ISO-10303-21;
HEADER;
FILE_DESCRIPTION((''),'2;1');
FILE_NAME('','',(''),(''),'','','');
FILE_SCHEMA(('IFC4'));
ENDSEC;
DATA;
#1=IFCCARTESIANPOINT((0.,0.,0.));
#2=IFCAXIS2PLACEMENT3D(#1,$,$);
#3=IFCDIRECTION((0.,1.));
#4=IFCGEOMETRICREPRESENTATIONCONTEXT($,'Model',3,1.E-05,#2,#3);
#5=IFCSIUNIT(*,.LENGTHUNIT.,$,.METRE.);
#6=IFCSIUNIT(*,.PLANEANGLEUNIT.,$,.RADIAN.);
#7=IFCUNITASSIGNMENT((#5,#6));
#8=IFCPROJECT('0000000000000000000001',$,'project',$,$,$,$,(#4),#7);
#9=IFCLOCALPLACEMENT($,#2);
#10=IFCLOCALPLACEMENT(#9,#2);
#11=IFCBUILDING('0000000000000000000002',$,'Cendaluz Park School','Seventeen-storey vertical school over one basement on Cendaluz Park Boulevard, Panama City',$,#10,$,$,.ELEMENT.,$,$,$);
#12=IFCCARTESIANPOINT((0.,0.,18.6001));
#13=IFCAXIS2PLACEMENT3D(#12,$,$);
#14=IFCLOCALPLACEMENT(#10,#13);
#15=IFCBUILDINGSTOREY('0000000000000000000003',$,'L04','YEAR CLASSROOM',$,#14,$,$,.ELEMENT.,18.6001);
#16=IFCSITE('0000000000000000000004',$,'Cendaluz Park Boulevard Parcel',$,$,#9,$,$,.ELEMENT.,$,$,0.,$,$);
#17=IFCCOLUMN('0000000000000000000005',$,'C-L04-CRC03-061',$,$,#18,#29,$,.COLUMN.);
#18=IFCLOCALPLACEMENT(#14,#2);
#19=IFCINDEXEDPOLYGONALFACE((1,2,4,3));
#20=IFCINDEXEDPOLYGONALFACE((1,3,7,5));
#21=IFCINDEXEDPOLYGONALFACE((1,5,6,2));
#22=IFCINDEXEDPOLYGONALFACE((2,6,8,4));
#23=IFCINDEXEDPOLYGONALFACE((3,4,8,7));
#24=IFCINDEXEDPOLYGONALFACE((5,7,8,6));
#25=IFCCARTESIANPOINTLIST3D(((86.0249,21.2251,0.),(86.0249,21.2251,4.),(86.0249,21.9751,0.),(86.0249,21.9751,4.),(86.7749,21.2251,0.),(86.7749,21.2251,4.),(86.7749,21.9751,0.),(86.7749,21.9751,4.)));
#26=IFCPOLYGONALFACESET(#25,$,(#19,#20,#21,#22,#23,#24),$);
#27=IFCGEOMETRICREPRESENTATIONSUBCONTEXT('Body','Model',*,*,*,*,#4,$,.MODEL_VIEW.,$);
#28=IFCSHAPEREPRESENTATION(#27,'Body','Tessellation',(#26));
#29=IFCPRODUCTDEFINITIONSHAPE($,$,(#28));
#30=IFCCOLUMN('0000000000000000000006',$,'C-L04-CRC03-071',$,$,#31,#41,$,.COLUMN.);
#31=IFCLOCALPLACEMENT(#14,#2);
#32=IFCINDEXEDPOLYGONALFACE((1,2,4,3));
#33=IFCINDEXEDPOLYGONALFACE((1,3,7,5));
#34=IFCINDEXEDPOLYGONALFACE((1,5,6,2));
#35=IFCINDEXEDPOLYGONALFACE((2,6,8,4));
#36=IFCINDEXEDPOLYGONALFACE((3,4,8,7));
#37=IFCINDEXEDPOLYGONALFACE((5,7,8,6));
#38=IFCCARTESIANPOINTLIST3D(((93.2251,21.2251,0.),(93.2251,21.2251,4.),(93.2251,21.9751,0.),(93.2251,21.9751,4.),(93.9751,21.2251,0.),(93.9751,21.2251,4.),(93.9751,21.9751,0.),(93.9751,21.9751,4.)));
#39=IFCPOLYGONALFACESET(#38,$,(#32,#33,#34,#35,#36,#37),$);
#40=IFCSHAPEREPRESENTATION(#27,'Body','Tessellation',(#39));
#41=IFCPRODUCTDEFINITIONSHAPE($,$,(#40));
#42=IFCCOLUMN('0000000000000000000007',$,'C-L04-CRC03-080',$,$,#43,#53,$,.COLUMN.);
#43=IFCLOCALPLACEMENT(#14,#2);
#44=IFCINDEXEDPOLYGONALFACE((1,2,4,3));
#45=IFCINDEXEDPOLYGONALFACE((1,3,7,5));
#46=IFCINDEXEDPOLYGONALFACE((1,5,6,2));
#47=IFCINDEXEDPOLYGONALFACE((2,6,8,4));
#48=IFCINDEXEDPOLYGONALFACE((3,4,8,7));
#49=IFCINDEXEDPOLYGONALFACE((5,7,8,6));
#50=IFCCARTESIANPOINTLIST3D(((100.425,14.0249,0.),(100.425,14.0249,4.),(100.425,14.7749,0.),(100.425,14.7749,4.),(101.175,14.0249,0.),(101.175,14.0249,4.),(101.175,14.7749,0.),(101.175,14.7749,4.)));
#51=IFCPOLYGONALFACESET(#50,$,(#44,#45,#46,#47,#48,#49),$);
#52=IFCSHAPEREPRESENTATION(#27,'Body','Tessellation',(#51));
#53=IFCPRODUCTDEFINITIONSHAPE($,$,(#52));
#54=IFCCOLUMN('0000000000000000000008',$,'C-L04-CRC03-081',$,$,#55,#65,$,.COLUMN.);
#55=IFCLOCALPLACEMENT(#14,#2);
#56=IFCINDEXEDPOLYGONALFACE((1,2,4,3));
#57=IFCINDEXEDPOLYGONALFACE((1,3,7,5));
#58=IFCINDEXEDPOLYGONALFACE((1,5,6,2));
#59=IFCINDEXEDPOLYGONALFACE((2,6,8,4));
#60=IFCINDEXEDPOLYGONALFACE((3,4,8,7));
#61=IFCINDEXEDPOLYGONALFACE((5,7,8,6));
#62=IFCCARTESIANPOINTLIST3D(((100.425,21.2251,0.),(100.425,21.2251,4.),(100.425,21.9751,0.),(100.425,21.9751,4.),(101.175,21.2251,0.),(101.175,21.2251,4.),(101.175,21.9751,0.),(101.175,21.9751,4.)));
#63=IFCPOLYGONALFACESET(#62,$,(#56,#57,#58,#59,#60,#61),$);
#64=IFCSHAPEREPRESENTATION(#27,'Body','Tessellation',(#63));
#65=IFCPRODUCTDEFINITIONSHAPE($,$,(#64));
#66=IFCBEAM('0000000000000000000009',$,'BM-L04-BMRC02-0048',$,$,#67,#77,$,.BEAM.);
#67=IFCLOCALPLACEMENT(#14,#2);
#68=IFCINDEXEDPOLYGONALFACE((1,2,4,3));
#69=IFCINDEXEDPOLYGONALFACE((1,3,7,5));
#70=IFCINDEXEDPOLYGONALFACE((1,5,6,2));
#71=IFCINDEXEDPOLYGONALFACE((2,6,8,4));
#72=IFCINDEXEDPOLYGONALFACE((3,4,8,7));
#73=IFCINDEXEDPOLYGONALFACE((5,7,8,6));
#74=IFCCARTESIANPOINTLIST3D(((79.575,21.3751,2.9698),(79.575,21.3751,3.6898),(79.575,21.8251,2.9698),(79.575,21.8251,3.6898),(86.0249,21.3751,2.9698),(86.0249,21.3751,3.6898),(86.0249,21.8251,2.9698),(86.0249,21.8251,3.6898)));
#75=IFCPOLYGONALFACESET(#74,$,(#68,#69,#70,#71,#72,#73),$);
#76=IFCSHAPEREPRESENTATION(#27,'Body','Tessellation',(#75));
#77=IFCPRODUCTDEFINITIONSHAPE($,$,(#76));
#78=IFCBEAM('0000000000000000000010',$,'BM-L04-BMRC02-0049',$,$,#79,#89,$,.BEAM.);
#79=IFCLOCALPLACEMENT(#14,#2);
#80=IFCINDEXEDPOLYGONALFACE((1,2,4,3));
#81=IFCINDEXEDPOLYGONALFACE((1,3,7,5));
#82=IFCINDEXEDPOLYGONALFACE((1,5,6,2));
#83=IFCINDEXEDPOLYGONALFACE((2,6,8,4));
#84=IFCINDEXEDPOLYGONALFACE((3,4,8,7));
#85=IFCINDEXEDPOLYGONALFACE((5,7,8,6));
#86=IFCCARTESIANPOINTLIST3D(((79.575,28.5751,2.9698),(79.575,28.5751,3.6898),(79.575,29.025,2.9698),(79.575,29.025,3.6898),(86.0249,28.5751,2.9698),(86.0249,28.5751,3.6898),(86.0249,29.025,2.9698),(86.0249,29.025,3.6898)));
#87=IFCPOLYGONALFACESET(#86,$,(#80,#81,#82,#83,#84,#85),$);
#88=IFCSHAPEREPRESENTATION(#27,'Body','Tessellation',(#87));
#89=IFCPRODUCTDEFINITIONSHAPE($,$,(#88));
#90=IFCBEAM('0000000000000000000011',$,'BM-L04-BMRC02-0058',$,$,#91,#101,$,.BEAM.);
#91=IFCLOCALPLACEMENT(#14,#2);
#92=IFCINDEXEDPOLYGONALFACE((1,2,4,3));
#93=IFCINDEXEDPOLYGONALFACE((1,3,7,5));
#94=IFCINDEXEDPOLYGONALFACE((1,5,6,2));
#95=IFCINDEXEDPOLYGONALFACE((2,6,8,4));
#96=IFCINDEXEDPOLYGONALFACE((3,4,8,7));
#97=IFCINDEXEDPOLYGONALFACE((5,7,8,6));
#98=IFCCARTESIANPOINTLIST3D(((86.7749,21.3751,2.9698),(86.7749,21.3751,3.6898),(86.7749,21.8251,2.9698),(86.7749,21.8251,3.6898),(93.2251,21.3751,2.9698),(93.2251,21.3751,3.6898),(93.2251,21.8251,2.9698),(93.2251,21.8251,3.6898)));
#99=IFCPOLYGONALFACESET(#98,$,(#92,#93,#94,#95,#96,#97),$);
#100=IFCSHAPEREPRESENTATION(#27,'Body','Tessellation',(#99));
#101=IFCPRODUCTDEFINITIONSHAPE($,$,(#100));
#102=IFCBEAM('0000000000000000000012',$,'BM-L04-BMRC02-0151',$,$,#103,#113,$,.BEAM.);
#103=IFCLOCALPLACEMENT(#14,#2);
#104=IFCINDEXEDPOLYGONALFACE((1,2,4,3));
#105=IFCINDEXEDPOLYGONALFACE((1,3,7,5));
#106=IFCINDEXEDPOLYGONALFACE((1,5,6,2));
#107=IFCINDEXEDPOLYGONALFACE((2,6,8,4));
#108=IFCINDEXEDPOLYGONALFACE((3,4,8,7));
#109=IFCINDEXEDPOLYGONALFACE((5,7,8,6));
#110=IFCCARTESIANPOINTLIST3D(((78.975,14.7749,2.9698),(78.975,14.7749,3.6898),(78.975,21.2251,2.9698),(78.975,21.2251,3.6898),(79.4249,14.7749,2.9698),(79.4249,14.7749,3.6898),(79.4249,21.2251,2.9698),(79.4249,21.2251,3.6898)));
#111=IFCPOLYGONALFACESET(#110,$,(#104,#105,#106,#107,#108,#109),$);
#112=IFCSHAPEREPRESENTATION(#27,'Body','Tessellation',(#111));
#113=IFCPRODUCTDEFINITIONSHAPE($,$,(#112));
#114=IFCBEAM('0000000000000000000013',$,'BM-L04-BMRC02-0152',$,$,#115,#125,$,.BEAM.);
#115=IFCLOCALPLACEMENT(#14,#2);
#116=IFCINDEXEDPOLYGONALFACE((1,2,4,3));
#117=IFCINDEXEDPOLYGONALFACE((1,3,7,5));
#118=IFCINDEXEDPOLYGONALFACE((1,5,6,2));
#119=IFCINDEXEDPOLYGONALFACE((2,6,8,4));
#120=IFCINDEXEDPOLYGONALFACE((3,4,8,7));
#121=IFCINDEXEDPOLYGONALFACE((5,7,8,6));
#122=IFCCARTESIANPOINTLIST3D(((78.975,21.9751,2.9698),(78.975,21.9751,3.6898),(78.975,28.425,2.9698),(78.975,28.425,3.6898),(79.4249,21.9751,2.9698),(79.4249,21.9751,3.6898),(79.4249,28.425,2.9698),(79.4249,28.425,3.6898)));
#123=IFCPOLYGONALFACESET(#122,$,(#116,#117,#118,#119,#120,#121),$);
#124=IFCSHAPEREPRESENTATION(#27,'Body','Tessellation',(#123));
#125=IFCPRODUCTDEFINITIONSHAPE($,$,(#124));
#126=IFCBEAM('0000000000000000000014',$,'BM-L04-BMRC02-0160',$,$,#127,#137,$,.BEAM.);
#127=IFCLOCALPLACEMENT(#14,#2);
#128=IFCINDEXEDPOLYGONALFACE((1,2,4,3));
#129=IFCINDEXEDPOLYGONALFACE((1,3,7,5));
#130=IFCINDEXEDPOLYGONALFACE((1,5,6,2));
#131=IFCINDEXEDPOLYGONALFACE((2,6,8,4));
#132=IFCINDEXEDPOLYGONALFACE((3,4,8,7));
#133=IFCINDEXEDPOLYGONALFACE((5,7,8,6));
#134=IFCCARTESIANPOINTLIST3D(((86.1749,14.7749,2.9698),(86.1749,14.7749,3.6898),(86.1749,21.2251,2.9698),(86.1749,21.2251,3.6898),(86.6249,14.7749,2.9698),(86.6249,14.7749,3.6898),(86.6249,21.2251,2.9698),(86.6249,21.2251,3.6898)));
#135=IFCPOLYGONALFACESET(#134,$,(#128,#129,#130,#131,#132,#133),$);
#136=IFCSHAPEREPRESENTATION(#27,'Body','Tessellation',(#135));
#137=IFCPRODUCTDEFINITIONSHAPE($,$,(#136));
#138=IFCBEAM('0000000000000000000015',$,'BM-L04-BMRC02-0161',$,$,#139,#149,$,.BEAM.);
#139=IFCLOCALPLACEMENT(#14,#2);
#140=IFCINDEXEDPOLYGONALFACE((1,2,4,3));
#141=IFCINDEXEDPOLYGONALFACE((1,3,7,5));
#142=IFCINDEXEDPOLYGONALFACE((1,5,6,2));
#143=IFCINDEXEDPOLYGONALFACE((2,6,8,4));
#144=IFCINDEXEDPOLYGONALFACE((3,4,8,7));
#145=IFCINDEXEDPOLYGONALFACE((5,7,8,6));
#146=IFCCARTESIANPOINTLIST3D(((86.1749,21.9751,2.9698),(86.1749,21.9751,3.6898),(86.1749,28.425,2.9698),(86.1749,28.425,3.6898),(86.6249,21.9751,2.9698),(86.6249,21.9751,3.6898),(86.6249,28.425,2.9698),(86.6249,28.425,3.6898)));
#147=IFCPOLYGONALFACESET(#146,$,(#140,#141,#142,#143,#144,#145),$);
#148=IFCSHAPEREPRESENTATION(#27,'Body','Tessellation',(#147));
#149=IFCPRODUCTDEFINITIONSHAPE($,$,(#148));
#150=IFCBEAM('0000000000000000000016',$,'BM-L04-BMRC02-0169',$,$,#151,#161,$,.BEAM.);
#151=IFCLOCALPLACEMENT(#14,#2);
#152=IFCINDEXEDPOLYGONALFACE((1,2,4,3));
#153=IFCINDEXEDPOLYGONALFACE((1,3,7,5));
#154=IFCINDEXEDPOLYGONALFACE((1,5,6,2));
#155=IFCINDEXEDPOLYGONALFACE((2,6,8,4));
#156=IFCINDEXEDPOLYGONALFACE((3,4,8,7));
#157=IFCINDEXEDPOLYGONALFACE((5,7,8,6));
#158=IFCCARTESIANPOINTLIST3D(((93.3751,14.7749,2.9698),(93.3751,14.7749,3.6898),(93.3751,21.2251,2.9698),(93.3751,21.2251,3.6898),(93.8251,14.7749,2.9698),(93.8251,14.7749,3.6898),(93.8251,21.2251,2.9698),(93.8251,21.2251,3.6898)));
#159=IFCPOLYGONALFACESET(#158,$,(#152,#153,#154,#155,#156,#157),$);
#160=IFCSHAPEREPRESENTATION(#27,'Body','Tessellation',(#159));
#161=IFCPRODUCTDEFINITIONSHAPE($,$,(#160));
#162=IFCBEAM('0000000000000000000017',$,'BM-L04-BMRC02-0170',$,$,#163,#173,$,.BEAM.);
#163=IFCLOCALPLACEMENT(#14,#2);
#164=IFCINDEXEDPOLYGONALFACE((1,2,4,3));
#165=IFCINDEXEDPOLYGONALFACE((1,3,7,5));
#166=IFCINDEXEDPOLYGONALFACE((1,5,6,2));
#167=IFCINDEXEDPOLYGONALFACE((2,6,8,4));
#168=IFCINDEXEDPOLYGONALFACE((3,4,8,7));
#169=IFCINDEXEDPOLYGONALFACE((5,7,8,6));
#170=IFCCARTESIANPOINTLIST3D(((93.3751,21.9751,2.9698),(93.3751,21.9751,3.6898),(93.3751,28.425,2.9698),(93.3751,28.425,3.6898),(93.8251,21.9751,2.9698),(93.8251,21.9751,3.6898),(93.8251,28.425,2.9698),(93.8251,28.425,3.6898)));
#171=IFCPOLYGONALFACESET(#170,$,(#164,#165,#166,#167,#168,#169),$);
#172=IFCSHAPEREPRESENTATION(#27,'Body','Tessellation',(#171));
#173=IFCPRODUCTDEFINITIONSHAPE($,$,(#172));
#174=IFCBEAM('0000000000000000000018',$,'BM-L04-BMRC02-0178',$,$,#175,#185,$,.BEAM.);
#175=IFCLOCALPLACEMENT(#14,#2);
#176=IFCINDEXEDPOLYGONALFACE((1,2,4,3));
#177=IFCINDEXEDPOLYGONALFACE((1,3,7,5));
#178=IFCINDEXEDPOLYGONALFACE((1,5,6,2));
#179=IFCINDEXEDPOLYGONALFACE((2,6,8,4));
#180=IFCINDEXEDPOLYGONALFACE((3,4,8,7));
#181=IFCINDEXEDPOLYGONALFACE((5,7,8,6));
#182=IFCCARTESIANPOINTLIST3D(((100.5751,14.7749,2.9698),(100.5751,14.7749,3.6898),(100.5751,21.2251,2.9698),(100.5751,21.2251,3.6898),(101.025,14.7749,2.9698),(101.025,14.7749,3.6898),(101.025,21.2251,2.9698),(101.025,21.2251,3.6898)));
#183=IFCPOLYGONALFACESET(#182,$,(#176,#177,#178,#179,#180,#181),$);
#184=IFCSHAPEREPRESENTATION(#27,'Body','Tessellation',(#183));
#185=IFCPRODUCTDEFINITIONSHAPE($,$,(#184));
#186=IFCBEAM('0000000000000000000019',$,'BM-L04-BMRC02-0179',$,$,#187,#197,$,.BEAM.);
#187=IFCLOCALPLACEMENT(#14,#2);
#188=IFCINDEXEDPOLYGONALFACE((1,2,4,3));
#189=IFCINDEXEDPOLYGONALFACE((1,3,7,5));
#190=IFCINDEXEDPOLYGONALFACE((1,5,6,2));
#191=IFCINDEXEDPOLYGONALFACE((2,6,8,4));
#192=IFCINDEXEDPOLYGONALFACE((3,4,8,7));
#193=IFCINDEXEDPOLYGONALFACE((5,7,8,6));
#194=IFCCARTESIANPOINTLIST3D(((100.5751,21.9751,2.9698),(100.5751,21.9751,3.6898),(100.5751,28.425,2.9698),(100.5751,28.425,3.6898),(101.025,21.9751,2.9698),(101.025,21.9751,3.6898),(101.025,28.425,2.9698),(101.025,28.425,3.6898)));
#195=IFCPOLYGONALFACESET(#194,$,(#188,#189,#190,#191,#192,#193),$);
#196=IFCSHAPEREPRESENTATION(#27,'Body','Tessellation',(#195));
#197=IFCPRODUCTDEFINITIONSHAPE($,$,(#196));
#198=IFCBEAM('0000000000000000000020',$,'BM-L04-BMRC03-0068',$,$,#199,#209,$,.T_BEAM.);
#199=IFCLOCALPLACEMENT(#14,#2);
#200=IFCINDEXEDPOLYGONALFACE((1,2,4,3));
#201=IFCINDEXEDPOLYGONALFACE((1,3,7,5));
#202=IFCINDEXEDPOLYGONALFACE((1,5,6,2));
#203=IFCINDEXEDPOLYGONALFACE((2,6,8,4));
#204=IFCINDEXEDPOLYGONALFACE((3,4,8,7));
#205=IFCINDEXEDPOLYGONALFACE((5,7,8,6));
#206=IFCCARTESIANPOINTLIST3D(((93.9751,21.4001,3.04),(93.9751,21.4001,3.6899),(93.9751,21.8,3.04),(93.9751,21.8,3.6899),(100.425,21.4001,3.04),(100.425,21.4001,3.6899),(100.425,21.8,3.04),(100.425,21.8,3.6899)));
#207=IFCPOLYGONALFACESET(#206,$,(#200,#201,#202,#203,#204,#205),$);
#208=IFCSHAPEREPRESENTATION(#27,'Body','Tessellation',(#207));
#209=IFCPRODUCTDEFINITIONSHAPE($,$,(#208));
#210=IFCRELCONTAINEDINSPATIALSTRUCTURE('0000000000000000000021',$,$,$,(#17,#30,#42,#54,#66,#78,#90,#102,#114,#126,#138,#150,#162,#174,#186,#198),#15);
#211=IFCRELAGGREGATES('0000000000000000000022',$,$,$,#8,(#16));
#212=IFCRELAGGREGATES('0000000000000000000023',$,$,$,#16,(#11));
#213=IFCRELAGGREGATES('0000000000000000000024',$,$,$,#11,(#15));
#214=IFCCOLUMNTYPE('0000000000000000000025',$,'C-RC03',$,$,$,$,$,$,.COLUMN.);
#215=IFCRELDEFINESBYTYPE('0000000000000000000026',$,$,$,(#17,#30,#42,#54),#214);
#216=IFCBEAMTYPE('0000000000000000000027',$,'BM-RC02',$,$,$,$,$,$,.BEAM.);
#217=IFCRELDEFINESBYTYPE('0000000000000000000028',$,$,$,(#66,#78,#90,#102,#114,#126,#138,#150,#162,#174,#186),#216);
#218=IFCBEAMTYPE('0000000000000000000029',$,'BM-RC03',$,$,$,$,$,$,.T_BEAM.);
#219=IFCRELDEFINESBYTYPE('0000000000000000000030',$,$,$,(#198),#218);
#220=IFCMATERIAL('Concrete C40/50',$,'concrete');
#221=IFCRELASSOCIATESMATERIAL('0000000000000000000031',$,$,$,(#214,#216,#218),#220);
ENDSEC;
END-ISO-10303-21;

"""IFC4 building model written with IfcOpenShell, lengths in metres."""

from ifc_helpers import new_model, si_unit, direction, frame, origin, origin_2d, place, context, subcontext, project, spatial, rectangle, extrude, material, material_profile, profile_set, type_object, element, save


model = new_model("IFC4")

# Units and contexts
model_context = context("Model", 3, precision=1e-05, world=origin(), true_north=direction((0.0, 1.0)))
body_context = subcontext(model_context, "Body", "Model", "MODEL_VIEW")
ifc_project = project(units=[si_unit("LENGTHUNIT", "METRE"), si_unit("PLANEANGLEUNIT", "RADIAN")], contexts=[model_context])

# Site, building, storey
site_placement = place(None, origin())
site = spatial("IfcSite", under=ifc_project, at=site_placement, Name="Cendaluz Park Boulevard Parcel", CompositionType="ELEMENT", RefElevation=0.0)
building_placement = place(site_placement, origin())
building = spatial("IfcBuilding", under=site, at=building_placement, Name="Cendaluz Park School", Description="Seventeen-storey vertical school over one basement on Cendaluz Park Boulevard, Panama City", CompositionType="ELEMENT")
storey_placement = place(building_placement, frame((0.0, 0.0, 18.6001)))
storey = spatial("IfcBuildingStorey", under=building, at=storey_placement, Name="L04", Description="YEAR CLASSROOM", CompositionType="ELEMENT", Elevation=18.6001)

# Columns
ifc_material_1 = material(Name="Concrete C40/50", Category="concrete")
ifc_material_profile_1 = material_profile(ifc_material_1, rectangle(XDim=0.75, YDim=0.75, at=origin_2d()), Name="RC 750x750", Category="concrete")
ifc_profile_set_1 = profile_set([ifc_material_profile_1], Name="Concrete C40/50")
column_type = type_object("IfcColumnType", Name="C-RC03", PredefinedType="COLUMN", material=ifc_profile_set_1)
for number, where, z_axis, x_axis, name in (
    (1, (86.3999, 21.6001, 0.0), (0.0, 0.0, 1.0), (1.0, 0.0, 0.0), "C-L04-CRC03-061"),
    (2, (93.6001, 21.6001, 0.0), (0.0, 0.0, 1.0), (1.0, 0.0, 0.0), "C-L04-CRC03-071"),
    (3, (100.8, 14.3999, 0.0), (0.0, 0.0, 1.0), (1.0, 0.0, 0.0), "C-L04-CRC03-080"),
    (4, (100.8, 21.6001, 0.0), (0.0, 0.0, 1.0), (1.0, 0.0, 0.0), "C-L04-CRC03-081"),
):
    element("IfcColumn", number, at=place(storey_placement, frame(where, z_axis=z_axis, x_axis=x_axis)), inside=storey, type_object=column_type, Name=name, PredefinedType="COLUMN", context=body_context, shape_type="SweptSolid", body=[
        extrude(rectangle(XDim=0.75, YDim=0.75, at=origin_2d()), origin(), (0.0, 0.0, 1.0), 4.0),
    ])

# Beams
ifc_material_profile_2 = material_profile(ifc_material_1, rectangle(XDim=0.45, YDim=0.72, at=origin_2d()), Name="RC 450x720", Category="concrete")
ifc_profile_set_2 = profile_set([ifc_material_profile_2], Name="Concrete C40/50")
beam_type_1 = type_object("IfcBeamType", Name="BM-RC02", PredefinedType="BEAM", material=ifc_profile_set_2)
for number, where, z_axis, x_axis, name in (
    (5, (79.575, 21.6001, 3.3298), (1.0, 0.0, 0.0), (0.0, 1.0, 0.0), "BM-L04-BMRC02-0048"),
    (6, (79.575, 28.8, 3.3298), (1.0, 0.0, 0.0), (0.0, 1.0, 0.0), "BM-L04-BMRC02-0049"),
):
    element("IfcBeam", number, at=place(storey_placement, frame(where, z_axis=z_axis, x_axis=x_axis)), inside=storey, type_object=beam_type_1, Name=name, PredefinedType="BEAM", context=body_context, shape_type="SweptSolid", body=[
        extrude(rectangle(XDim=0.45, YDim=0.72, at=origin_2d()), origin(), (0.0, 0.0, 1.0), 6.45),
    ])
for number, where, z_axis, x_axis, name in (
    (7, (86.7749, 21.6001, 3.3298), (1.0, 0.0, 0.0), (0.0, 1.0, 0.0), "BM-L04-BMRC02-0058"),
    (8, (79.2, 14.7749, 3.3298), (0.0, 1.0, 0.0), (-1.0, 0.0, 0.0), "BM-L04-BMRC02-0151"),
):
    element("IfcBeam", number, at=place(storey_placement, frame(where, z_axis=z_axis, x_axis=x_axis)), inside=storey, type_object=beam_type_1, Name=name, PredefinedType="BEAM", context=body_context, shape_type="SweptSolid", body=[
        extrude(rectangle(XDim=0.45, YDim=0.72, at=origin_2d()), origin(), (0.0, 0.0, 1.0), 6.4502),
    ])
beam_1_placement = place(storey_placement, frame((79.2, 21.9751, 3.3298), z_axis=(0.0, 1.0, 0.0), x_axis=(-1.0, 0.0, 0.0)))
element("IfcBeam", 9, at=beam_1_placement, inside=storey, type_object=beam_type_1, Name="BM-L04-BMRC02-0152", PredefinedType="BEAM", context=body_context, shape_type="SweptSolid", body=[
    extrude(rectangle(XDim=0.45, YDim=0.72, at=origin_2d()), origin(), (0.0, 0.0, 1.0), 6.45),
])
beam_2_placement = place(storey_placement, frame((86.3999, 14.7749, 3.3298), z_axis=(0.0, 1.0, 0.0), x_axis=(-1.0, 0.0, 0.0)))
element("IfcBeam", 10, at=beam_2_placement, inside=storey, type_object=beam_type_1, Name="BM-L04-BMRC02-0160", PredefinedType="BEAM", context=body_context, shape_type="SweptSolid", body=[
    extrude(rectangle(XDim=0.45, YDim=0.72, at=origin_2d()), origin(), (0.0, 0.0, 1.0), 6.4502),
])
beam_3_placement = place(storey_placement, frame((86.3999, 21.9751, 3.3298), z_axis=(0.0, 1.0, 0.0), x_axis=(-1.0, 0.0, 0.0)))
element("IfcBeam", 11, at=beam_3_placement, inside=storey, type_object=beam_type_1, Name="BM-L04-BMRC02-0161", PredefinedType="BEAM", context=body_context, shape_type="SweptSolid", body=[
    extrude(rectangle(XDim=0.45, YDim=0.72, at=origin_2d()), origin(), (0.0, 0.0, 1.0), 6.45),
])
beam_4_placement = place(storey_placement, frame((93.6001, 14.7749, 3.3298), z_axis=(0.0, 1.0, 0.0), x_axis=(-1.0, 0.0, 0.0)))
element("IfcBeam", 12, at=beam_4_placement, inside=storey, type_object=beam_type_1, Name="BM-L04-BMRC02-0169", PredefinedType="BEAM", context=body_context, shape_type="SweptSolid", body=[
    extrude(rectangle(XDim=0.45, YDim=0.72, at=origin_2d()), origin(), (0.0, 0.0, 1.0), 6.4502),
])
beam_5_placement = place(storey_placement, frame((93.6001, 21.9751, 3.3298), z_axis=(0.0, 1.0, 0.0), x_axis=(-1.0, 0.0, 0.0)))
element("IfcBeam", 13, at=beam_5_placement, inside=storey, type_object=beam_type_1, Name="BM-L04-BMRC02-0170", PredefinedType="BEAM", context=body_context, shape_type="SweptSolid", body=[
    extrude(rectangle(XDim=0.45, YDim=0.72, at=origin_2d()), origin(), (0.0, 0.0, 1.0), 6.45),
])
beam_6_placement = place(storey_placement, frame((100.8, 14.7749, 3.3298), z_axis=(0.0, 1.0, 0.0), x_axis=(-1.0, 0.0, 0.0)))
element("IfcBeam", 14, at=beam_6_placement, inside=storey, type_object=beam_type_1, Name="BM-L04-BMRC02-0178", PredefinedType="BEAM", context=body_context, shape_type="SweptSolid", body=[
    extrude(rectangle(XDim=0.45, YDim=0.72, at=origin_2d()), origin(), (0.0, 0.0, 1.0), 6.4502),
])
beam_7_placement = place(storey_placement, frame((100.8, 21.9751, 3.3298), z_axis=(0.0, 1.0, 0.0), x_axis=(-1.0, 0.0, 0.0)))
element("IfcBeam", 15, at=beam_7_placement, inside=storey, type_object=beam_type_1, Name="BM-L04-BMRC02-0179", PredefinedType="BEAM", context=body_context, shape_type="SweptSolid", body=[
    extrude(rectangle(XDim=0.45, YDim=0.72, at=origin_2d()), origin(), (0.0, 0.0, 1.0), 6.45),
])
ifc_material_profile_3 = material_profile(ifc_material_1, rectangle(XDim=0.3999, YDim=0.6499, at=origin_2d()), Name="RC 400x650", Category="concrete")
ifc_profile_set_3 = profile_set([ifc_material_profile_3], Name="Concrete C40/50")
beam_type_2 = type_object("IfcBeamType", Name="BM-RC03", PredefinedType="T_BEAM", material=ifc_profile_set_3)
beam_8_placement = place(storey_placement, frame((93.9751, 21.6001, 3.365), z_axis=(1.0, 0.0, 0.0), x_axis=(0.0, 1.0, 0.0)))
element("IfcBeam", 16, at=beam_8_placement, inside=storey, type_object=beam_type_2, Name="BM-L04-BMRC03-0068", PredefinedType="T_BEAM", context=body_context, shape_type="SweptSolid", body=[
    extrude(rectangle(XDim=0.3999, YDim=0.6499, at=origin_2d()), origin(), (0.0, 0.0, 1.0), 6.45),
])

save(model, "model.ifc")
